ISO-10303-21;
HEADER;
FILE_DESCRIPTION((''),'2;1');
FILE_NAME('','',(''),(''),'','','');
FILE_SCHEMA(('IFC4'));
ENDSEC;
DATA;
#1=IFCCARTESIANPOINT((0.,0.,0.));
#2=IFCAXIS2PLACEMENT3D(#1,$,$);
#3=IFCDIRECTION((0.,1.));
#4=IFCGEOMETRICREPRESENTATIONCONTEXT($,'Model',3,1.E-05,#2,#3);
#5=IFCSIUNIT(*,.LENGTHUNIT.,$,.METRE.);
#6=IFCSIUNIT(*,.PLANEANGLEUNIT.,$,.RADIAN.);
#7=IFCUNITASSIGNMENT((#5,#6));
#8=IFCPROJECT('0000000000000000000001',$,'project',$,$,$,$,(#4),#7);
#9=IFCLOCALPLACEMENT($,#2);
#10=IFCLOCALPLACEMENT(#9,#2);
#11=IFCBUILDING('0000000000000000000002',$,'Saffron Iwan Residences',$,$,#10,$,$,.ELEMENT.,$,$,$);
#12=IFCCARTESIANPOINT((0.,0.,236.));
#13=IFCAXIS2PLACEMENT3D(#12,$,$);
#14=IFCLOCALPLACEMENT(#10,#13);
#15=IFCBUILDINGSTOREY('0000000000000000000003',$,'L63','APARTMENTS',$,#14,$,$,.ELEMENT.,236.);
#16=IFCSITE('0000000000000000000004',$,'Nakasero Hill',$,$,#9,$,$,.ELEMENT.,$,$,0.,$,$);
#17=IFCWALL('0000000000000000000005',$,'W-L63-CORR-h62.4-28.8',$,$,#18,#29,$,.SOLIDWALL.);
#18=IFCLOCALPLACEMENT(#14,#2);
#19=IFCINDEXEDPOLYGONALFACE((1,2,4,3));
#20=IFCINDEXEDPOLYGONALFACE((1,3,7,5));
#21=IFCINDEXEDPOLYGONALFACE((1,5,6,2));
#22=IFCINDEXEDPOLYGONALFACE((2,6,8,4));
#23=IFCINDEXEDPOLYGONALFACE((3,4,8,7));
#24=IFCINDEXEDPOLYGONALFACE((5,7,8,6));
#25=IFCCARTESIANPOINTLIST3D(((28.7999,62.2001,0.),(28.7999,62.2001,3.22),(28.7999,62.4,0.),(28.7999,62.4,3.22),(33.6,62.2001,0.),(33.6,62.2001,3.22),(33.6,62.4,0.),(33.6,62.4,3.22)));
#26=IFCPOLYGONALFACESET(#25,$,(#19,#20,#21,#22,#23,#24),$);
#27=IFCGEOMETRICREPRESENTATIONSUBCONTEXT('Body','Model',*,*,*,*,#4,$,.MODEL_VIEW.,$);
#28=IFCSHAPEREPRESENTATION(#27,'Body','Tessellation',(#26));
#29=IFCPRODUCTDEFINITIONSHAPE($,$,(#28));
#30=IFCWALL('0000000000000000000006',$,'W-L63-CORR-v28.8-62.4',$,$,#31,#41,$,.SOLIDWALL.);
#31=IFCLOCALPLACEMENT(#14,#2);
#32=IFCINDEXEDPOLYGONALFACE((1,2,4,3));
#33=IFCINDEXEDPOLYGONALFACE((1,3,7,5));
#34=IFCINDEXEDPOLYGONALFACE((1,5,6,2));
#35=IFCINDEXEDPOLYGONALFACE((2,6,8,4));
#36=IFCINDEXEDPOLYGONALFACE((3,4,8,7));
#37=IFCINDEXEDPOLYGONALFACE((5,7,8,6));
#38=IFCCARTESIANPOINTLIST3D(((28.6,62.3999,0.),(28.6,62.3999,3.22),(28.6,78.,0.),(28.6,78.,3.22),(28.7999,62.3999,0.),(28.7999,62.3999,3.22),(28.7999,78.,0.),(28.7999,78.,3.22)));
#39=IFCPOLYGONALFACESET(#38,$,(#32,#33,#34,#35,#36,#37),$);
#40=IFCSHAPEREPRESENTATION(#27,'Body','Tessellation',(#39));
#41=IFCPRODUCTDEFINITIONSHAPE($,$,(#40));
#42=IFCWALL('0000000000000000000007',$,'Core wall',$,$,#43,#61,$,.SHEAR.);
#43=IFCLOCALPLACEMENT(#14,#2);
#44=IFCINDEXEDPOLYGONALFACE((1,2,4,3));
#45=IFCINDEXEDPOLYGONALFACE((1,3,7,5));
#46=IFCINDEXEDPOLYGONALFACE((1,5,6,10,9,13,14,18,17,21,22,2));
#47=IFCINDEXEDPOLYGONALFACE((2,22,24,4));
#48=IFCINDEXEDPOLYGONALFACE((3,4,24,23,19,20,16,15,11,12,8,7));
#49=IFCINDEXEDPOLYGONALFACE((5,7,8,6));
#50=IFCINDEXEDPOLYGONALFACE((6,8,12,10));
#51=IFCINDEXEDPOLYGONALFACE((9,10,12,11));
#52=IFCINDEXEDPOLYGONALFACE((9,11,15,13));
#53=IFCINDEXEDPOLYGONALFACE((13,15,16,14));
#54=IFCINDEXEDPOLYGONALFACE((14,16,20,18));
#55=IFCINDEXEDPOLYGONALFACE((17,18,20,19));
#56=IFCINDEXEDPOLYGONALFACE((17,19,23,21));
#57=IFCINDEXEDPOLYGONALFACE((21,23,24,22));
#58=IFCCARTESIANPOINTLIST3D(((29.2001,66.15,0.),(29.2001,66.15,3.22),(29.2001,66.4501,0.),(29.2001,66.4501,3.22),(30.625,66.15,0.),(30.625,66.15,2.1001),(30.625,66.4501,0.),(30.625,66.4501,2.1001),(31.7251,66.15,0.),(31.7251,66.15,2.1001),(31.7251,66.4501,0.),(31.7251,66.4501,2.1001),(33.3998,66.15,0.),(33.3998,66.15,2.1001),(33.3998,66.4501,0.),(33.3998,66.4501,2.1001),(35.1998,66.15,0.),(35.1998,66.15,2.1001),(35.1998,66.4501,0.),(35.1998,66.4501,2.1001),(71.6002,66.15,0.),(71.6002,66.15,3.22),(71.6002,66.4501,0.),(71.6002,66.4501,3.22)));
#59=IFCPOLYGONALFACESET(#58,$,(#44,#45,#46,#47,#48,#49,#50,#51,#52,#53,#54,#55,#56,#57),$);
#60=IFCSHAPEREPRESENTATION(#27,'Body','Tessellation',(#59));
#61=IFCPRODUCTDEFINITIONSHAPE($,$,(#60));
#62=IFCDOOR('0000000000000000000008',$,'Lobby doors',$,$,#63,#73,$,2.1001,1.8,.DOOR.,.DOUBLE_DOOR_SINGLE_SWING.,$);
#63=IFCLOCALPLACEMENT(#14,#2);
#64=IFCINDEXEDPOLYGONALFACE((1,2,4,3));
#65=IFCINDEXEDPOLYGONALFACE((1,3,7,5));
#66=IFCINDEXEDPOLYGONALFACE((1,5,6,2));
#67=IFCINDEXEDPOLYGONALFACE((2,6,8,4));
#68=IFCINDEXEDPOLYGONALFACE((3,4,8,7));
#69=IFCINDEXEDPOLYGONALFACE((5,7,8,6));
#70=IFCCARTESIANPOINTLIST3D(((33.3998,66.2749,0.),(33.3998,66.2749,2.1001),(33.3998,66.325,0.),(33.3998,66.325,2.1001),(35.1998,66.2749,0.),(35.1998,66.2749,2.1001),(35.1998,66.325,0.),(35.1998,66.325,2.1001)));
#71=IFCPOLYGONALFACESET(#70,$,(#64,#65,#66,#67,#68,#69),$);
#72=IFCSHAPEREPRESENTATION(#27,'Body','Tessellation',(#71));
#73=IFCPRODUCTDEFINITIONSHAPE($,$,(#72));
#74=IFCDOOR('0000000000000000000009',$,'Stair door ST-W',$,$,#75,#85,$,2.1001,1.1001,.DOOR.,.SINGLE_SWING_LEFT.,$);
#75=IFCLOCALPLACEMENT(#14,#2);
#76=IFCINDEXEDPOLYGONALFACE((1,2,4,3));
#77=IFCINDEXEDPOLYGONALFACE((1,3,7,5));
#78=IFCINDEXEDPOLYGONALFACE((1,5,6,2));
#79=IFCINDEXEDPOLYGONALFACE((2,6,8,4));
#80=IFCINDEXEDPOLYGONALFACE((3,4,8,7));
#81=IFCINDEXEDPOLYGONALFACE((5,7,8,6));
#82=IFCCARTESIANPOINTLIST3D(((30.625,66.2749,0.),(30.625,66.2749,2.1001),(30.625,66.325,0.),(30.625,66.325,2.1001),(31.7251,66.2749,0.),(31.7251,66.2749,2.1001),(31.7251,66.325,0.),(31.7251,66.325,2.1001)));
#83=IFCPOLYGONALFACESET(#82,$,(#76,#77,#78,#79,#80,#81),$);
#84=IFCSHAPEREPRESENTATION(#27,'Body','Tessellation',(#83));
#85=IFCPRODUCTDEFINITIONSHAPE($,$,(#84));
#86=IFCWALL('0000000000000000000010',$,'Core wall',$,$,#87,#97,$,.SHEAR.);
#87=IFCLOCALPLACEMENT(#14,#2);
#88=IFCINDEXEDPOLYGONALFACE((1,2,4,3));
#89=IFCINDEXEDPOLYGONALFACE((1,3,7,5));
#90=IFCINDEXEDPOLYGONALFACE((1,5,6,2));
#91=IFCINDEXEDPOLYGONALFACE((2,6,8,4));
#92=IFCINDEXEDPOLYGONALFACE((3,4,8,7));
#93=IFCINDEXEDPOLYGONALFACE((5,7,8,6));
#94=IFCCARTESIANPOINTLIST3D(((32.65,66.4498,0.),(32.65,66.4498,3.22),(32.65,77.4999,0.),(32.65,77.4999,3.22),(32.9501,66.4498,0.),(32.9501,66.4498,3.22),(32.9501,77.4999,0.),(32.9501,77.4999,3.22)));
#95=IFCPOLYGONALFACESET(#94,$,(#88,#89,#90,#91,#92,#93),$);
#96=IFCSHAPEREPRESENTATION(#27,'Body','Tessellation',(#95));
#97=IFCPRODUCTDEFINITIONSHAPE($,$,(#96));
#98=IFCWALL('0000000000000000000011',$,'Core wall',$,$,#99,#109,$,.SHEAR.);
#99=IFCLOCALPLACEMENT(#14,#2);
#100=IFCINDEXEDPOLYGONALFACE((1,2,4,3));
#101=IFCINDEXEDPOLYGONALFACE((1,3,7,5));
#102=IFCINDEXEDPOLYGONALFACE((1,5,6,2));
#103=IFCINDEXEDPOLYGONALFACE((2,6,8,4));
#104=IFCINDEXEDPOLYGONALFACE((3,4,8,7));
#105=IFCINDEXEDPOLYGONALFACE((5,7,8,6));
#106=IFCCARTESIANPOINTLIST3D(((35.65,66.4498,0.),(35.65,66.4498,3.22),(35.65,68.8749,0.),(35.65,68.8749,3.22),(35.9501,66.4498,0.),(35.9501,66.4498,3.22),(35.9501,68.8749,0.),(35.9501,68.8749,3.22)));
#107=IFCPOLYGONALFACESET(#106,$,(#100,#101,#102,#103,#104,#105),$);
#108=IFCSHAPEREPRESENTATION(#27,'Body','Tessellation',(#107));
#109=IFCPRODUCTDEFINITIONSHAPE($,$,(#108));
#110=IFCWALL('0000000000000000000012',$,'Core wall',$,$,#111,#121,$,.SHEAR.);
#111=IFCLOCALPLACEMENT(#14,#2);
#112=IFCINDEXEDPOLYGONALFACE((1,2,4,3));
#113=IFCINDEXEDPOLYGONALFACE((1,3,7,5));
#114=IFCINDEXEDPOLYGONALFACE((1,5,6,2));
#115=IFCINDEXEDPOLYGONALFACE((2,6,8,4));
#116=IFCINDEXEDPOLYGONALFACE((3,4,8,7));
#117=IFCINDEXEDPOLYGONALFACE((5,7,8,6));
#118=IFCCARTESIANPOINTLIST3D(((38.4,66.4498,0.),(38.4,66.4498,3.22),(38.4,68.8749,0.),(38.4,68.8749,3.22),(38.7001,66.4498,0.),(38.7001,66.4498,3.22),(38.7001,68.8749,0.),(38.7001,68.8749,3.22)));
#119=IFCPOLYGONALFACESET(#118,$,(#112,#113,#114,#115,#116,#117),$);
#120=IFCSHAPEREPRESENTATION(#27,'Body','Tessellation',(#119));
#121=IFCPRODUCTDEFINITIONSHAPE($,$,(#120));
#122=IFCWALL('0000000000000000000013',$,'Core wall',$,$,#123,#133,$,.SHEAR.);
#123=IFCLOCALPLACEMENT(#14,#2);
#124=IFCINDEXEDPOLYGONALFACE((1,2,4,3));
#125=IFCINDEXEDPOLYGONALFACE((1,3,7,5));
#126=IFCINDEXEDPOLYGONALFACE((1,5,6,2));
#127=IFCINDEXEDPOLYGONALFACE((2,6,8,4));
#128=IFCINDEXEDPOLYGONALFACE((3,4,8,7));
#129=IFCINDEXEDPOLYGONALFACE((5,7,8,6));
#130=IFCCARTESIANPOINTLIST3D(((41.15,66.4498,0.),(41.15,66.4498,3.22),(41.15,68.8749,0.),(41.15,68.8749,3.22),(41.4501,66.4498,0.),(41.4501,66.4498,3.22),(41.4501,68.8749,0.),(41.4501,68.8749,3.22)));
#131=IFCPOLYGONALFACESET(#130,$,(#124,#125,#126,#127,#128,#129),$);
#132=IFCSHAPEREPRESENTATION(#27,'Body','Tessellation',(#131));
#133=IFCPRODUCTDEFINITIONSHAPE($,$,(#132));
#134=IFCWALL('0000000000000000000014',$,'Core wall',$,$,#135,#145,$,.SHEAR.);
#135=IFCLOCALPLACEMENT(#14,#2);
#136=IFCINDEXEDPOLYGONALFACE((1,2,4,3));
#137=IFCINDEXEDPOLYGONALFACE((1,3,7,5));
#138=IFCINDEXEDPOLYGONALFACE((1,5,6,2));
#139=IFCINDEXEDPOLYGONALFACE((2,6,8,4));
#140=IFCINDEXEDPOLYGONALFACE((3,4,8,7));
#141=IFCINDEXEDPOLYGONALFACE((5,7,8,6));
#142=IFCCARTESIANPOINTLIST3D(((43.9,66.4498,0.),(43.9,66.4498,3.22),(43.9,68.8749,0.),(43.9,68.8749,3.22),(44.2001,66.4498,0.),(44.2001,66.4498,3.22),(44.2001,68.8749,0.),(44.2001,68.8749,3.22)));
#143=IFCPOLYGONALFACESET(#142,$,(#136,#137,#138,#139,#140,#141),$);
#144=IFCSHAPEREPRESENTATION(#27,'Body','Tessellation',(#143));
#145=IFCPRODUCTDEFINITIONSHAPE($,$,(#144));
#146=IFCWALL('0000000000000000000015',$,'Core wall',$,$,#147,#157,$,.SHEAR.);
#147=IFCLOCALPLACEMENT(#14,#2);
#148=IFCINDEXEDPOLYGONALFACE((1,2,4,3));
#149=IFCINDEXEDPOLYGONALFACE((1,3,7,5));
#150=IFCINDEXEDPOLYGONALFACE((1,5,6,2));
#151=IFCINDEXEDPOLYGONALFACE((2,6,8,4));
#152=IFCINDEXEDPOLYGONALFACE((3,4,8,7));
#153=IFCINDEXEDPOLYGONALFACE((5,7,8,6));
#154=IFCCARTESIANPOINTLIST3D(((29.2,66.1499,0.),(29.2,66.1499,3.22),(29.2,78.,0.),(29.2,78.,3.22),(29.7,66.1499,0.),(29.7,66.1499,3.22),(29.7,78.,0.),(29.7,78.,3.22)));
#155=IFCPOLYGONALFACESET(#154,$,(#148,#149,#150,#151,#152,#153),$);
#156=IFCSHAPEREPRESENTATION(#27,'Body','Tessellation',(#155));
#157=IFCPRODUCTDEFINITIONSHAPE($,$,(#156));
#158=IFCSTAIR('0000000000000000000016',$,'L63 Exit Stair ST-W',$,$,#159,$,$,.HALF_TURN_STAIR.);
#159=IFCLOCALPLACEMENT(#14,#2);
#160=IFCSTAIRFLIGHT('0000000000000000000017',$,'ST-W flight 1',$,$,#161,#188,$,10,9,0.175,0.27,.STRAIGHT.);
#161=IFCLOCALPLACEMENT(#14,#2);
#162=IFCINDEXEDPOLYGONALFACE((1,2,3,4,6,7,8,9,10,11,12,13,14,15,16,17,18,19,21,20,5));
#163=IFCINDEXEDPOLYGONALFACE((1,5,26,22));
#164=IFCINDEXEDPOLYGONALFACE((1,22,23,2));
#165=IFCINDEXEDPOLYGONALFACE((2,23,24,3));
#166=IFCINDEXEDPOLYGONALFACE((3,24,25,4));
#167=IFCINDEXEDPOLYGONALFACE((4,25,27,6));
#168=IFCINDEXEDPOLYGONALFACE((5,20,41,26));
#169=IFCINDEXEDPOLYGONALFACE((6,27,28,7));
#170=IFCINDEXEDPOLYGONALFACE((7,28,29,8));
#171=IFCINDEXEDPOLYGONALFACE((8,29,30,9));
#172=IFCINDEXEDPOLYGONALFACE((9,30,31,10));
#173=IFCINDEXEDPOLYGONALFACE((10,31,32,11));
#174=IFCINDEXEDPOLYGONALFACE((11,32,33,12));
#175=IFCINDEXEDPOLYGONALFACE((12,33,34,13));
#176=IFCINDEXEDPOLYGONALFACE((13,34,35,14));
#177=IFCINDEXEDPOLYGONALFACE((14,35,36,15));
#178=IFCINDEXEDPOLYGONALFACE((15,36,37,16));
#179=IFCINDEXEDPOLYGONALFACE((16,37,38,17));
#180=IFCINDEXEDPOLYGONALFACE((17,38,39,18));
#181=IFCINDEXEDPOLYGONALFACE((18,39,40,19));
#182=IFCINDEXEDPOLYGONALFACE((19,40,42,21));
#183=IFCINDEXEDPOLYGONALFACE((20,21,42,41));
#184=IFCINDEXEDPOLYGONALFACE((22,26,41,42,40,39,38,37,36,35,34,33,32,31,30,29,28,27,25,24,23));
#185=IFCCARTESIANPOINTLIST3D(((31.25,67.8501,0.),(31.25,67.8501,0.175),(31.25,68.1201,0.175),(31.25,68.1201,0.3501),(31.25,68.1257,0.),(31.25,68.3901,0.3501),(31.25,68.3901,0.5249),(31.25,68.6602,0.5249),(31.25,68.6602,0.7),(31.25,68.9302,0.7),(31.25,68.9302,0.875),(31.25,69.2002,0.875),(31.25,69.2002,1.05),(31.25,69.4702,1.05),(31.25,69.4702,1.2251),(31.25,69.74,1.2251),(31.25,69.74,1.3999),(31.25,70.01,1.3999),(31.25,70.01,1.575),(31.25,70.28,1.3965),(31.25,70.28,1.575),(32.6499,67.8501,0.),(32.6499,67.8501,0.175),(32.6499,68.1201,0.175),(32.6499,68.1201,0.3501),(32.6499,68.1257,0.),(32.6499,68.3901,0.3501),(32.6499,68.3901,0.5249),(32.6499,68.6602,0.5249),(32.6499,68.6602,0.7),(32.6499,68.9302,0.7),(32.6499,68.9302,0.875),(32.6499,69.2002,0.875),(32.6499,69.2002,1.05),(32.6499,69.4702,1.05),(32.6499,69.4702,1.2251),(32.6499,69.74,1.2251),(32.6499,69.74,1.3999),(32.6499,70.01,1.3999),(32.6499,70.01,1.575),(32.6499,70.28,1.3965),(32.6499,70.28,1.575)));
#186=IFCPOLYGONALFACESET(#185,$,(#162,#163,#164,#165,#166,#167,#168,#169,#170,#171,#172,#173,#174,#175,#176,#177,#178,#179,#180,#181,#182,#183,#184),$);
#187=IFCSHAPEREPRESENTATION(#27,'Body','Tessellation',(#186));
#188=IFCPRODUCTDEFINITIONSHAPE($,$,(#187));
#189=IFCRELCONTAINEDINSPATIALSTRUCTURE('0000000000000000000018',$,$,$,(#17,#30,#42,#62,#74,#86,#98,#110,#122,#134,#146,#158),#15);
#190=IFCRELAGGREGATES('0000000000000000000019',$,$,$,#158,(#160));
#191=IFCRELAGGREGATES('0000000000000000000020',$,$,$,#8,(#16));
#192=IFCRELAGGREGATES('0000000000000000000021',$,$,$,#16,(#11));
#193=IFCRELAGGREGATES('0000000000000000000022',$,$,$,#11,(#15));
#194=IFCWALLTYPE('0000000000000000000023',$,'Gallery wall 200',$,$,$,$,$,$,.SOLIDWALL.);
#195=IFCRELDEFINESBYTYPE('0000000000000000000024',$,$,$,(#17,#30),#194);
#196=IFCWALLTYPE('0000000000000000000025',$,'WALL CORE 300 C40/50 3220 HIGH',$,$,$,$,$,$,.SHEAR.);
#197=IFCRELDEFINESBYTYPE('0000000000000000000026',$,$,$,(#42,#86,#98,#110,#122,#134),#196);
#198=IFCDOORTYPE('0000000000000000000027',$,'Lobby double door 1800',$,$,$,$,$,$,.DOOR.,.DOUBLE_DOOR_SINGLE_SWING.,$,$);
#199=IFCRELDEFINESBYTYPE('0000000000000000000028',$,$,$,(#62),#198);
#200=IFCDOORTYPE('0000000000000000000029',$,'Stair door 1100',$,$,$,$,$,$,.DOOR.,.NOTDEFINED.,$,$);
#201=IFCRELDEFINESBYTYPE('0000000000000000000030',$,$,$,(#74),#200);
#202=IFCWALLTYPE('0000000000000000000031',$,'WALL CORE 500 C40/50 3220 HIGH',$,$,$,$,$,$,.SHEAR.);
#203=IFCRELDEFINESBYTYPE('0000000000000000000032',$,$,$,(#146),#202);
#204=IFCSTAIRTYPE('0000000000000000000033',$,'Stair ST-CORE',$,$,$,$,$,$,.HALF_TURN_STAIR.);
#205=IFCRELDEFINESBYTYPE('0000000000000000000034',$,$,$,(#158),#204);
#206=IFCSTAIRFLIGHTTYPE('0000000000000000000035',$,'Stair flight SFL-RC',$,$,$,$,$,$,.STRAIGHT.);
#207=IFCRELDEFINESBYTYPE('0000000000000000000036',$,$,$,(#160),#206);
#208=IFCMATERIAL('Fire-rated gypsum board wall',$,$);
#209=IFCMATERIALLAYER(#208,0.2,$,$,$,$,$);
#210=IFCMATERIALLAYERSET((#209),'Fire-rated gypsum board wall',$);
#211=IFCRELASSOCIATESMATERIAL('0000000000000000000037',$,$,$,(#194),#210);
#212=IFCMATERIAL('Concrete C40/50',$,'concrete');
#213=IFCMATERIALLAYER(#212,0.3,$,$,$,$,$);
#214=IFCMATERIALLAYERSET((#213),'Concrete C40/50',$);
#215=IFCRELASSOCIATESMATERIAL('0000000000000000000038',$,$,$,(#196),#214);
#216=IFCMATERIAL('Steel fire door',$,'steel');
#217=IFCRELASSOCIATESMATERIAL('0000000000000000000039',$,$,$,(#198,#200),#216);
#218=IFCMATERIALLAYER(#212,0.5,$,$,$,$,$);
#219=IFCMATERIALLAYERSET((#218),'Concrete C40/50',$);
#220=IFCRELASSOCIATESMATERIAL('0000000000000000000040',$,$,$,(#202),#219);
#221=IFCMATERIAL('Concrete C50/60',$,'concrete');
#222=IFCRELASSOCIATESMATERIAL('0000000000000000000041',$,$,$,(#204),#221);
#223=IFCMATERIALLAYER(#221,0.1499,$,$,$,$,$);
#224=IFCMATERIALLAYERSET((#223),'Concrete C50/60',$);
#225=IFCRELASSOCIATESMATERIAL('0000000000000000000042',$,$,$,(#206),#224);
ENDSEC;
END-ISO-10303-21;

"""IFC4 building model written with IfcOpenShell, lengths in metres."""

from ifc_helpers import new_model, si_unit, direction, frame, frame_2d, origin, place, context, subcontext, project, spatial, polyline, rectangle, outline, extrude, material, layer, layer_set, type_object, element, fill, aggregate, save


model = new_model("IFC4")

# Units and contexts
model_context = context("Model", 3, precision=1e-05, world=origin(), true_north=direction((0.0, 1.0)))
body_context = subcontext(model_context, "Body", "Model", "MODEL_VIEW")
ifc_project = project(units=[si_unit("LENGTHUNIT", "METRE"), si_unit("PLANEANGLEUNIT", "RADIAN")], contexts=[model_context])

# Site, building, storey
site_placement = place(None, origin())
site = spatial("IfcSite", under=ifc_project, at=site_placement, Name="Nakasero Hill", CompositionType="ELEMENT", RefElevation=0.0)
building_placement = place(site_placement, origin())
building = spatial("IfcBuilding", under=site, at=building_placement, Name="Saffron Iwan Residences", CompositionType="ELEMENT")
storey_placement = place(building_placement, frame((0.0, 0.0, 236.0)))
storey = spatial("IfcBuildingStorey", under=building, at=storey_placement, Name="L63", Description="APARTMENTS", CompositionType="ELEMENT", Elevation=236.0)

# Shared definitions
ifc_material_1 = material(Name="Concrete C40/50", Category="concrete")

# Shared definitions
ifc_material_2 = material(Name="Steel fire door", Category="steel")

# Shared definitions
ifc_material_3 = material(Name="Fire-rated gypsum board wall")

# Walls
ifc_layer_1 = layer(ifc_material_3, 0.2)
ifc_layer_set_1 = layer_set([ifc_layer_1], Name="Fire-rated gypsum board wall")
wall_type_1 = type_object("IfcWallType", Name="Gallery wall 200", PredefinedType="SOLIDWALL", material=ifc_layer_set_1)
wall_1_placement = place(storey_placement, frame((28.8, 62.3, 0.0), z_axis=(0.0, 0.0, 1.0), x_axis=(1.0, 0.0, 0.0)))
element("IfcWall", 1, at=wall_1_placement, inside=storey, type_object=wall_type_1, Name="W-L63-CORR-h62.4-28.8", PredefinedType="SOLIDWALL", context=body_context, shape_type="SweptSolid", body=[
    extrude(rectangle(XDim=4.8, YDim=0.2, at=frame_2d((2.3999, 0.0))), origin(), (0.0, 0.0, 1.0), 3.22),
])
wall_2_placement = place(storey_placement, frame((28.7, 62.3999, 0.0), z_axis=(0.0, 0.0, 1.0), x_axis=(0.0, 1.0, 0.0)))
element("IfcWall", 2, at=wall_2_placement, inside=storey, type_object=wall_type_1, Name="W-L63-CORR-v28.8-62.4", PredefinedType="SOLIDWALL", context=body_context, shape_type="SweptSolid", body=[
    extrude(rectangle(XDim=15.6001, YDim=0.2, at=frame_2d((7.8, 0.0))), origin(), (0.0, 0.0, 1.0), 3.22),
])

# Wall, openings, doors
ifc_layer_2 = layer(ifc_material_1, 0.3)
ifc_layer_set_2 = layer_set([ifc_layer_2], Name="Concrete C40/50")
wall_type_2 = type_object("IfcWallType", Name="WALL CORE 300 C40/50 3220 HIGH", PredefinedType="SHEAR", material=ifc_layer_set_2)
wall_3_placement = place(storey_placement, frame((29.2, 66.3, 0.0), z_axis=(0.0, 0.0, 1.0), x_axis=(1.0, 0.0, 0.0)))
wall_3 = element("IfcWall", 3, at=wall_3_placement, inside=storey, type_object=wall_type_2, Name="Core wall", PredefinedType="SHEAR", context=body_context, shape_type="SweptSolid", body=[
    extrude(rectangle(XDim=42.4001, YDim=0.3, at=frame_2d((21.2002, 0.0))), origin(), (0.0, 0.0, 1.0), 3.22),
])
opening_1_placement = place(wall_3_placement, frame((1.425, 0.0, 0.0)))
opening_1 = element("IfcOpeningElement", 4, at=opening_1_placement, cuts=wall_3, PredefinedType="OPENING", context=body_context, shape_type="SweptSolid", body=[
    extrude(rectangle(XDim=1.1001, YDim=2.1001, at=frame_2d((0.55, 1.05))), frame((0.0, 0.1602, 0.0), z_axis=(0.0, -1.0, 0.0), x_axis=(1.0, 0.0, 0.0)), (0.0, 0.0, 1.0), 0.3201),
])
opening_2_placement = place(wall_3_placement, frame((4.2, 0.0, 0.0)))
opening_2 = element("IfcOpeningElement", 5, at=opening_2_placement, cuts=wall_3, PredefinedType="OPENING", context=body_context, shape_type="SweptSolid", body=[
    extrude(rectangle(XDim=1.8, YDim=2.1001, at=frame_2d((0.8999, 1.05))), frame((0.0, 0.1602, 0.0), z_axis=(0.0, -1.0, 0.0), x_axis=(1.0, 0.0, 0.0)), (0.0, 0.0, 1.0), 0.3201),
])
door_type_1 = type_object("IfcDoorType", Name="Lobby double door 1800", OperationType="DOUBLE_DOOR_SINGLE_SWING", PredefinedType="DOOR", material=ifc_material_2)
door_1_placement = place(opening_2_placement, origin())
door_1 = element("IfcDoor", 6, at=door_1_placement, inside=storey, type_object=door_type_1, Name="Lobby doors", OperationType="DOUBLE_DOOR_SINGLE_SWING", OverallHeight=2.1001, OverallWidth=1.8, PredefinedType="DOOR", context=body_context, shape_type="SweptSolid", body=[
    extrude(rectangle(XDim=1.8, YDim=2.1001, at=frame_2d((0.8999, 1.05))), frame((0.0, 0.0249, 0.0), z_axis=(0.0, -1.0, 0.0), x_axis=(1.0, 0.0, 0.0)), (0.0, 0.0, 1.0), 0.05),
])
fill(opening_2, door_1)
door_type_2 = type_object("IfcDoorType", Name="Stair door 1100", OperationType="NOTDEFINED", PredefinedType="DOOR", material=ifc_material_2)
door_2_placement = place(opening_1_placement, origin())
door_2 = element("IfcDoor", 7, at=door_2_placement, inside=storey, type_object=door_type_2, Name="Stair door ST-W", OperationType="SINGLE_SWING_LEFT", OverallHeight=2.1001, OverallWidth=1.1001, PredefinedType="DOOR", context=body_context, shape_type="SweptSolid", body=[
    extrude(rectangle(XDim=1.1001, YDim=2.1001, at=frame_2d((0.55, 1.05))), frame((0.0, 0.0249, 0.0), z_axis=(0.0, -1.0, 0.0), x_axis=(1.0, 0.0, 0.0)), (0.0, 0.0, 1.0), 0.05),
])
fill(opening_1, door_2)

# Walls
wall_4_placement = place(storey_placement, frame((32.8, 66.45, 0.0), z_axis=(0.0, 0.0, 1.0), x_axis=(0.0, 1.0, 0.0)))
element("IfcWall", 8, at=wall_4_placement, inside=storey, type_object=wall_type_2, Name="Core wall", PredefinedType="SHEAR", context=body_context, shape_type="SweptSolid", body=[
    extrude(rectangle(XDim=11.05, YDim=0.3, at=frame_2d((5.5249, 0.0))), origin(), (0.0, 0.0, 1.0), 3.22),
])
for number, where, z_axis, x_axis, name in (
    (9, (35.8, 66.45, 0.0), (0.0, 0.0, 1.0), (0.0, 1.0, 0.0), "Core wall"),
    (10, (38.55, 66.45, 0.0), (0.0, 0.0, 1.0), (0.0, 1.0, 0.0), "Core wall"),
    (11, (41.3, 66.45, 0.0), (0.0, 0.0, 1.0), (0.0, 1.0, 0.0), "Core wall"),
    (12, (44.05, 66.45, 0.0), (0.0, 0.0, 1.0), (0.0, 1.0, 0.0), "Core wall"),
):
    element("IfcWall", number, at=place(storey_placement, frame(where, z_axis=z_axis, x_axis=x_axis)), inside=storey, type_object=wall_type_2, Name=name, PredefinedType="SHEAR", context=body_context, shape_type="SweptSolid", body=[
        extrude(rectangle(XDim=2.425, YDim=0.3, at=frame_2d((1.2124, 0.0))), origin(), (0.0, 0.0, 1.0), 3.22),
    ])
ifc_layer_3 = layer(ifc_material_1, 0.5)
ifc_layer_set_3 = layer_set([ifc_layer_3], Name="Concrete C40/50")
wall_type_3 = type_object("IfcWallType", Name="WALL CORE 500 C40/50 3220 HIGH", PredefinedType="SHEAR", material=ifc_layer_set_3)
wall_5_placement = place(storey_placement, frame((29.45, 66.1499, 0.0), z_axis=(0.0, 0.0, 1.0), x_axis=(0.0, 1.0, 0.0)))
element("IfcWall", 13, at=wall_5_placement, inside=storey, type_object=wall_type_3, Name="Core wall", PredefinedType="SHEAR", context=body_context, shape_type="SweptSolid", body=[
    extrude(rectangle(XDim=11.8501, YDim=0.5, at=frame_2d((5.925, 0.0))), origin(), (0.0, 0.0, 1.0), 3.22),
])

# Stair, stair flight
ifc_material_4 = material(Name="Concrete C50/60", Category="concrete")
stair_type = type_object("IfcStairType", Name="Stair ST-CORE", PredefinedType="HALF_TURN_STAIR", material=ifc_material_4)
stair_placement = place(storey_placement, origin())
stair = element("IfcStair", 14, at=stair_placement, inside=storey, type_object=stair_type, Name="L63 Exit Stair ST-W", PredefinedType="HALF_TURN_STAIR")
ifc_layer_4 = layer(ifc_material_4, 0.1499)
ifc_layer_set_4 = layer_set([ifc_layer_4], Name="Concrete C50/60")
stair_flight_type = type_object("IfcStairFlightType", Name="Stair flight SFL-RC", PredefinedType="STRAIGHT", material=ifc_layer_set_4)
stair_flight_placement = place(storey_placement, frame((31.95, 67.8501, 0.0), z_axis=(0.0, 0.0, 1.0), x_axis=(0.0, 1.0, 0.0)))
stair_flight = element("IfcStairFlight", 15, at=stair_flight_placement, type_object=stair_flight_type, Name="ST-W flight 1", NumberOfRisers=10, NumberOfTreads=9, PredefinedType="STRAIGHT", RiserHeight=0.175, TreadLength=0.27, context=body_context, shape_type="SweptSolid", body=[
    extrude(outline(polyline([(0.0, 0.0), (0.0, 0.175), (0.27, 0.175), (0.27, 0.3501), (0.54, 0.3501), (0.54, 0.5249), (0.8101, 0.5249), (0.8101, 0.7), (1.0801, 0.7), (1.0801, 0.875), (1.3501, 0.875), (1.3501, 1.05), (1.6201, 1.05), (1.6201, 1.2251), (1.8899, 1.2251), (1.8899, 1.3999), (2.1599, 1.3999), (2.1599, 1.575), (2.4299, 1.575), (2.4299, 1.75), (2.4299, 1.3965), (0.2756, 0.0), (0.0, 0.0)])), frame((0.0, 0.7, 0.0), z_axis=(0.0, -1.0, 0.0), x_axis=(1.0, 0.0, 0.0)), (0.0, 0.0, 1.0), 1.3999),
])
aggregate(stair, [stair_flight])

save(model, "model.ifc")
